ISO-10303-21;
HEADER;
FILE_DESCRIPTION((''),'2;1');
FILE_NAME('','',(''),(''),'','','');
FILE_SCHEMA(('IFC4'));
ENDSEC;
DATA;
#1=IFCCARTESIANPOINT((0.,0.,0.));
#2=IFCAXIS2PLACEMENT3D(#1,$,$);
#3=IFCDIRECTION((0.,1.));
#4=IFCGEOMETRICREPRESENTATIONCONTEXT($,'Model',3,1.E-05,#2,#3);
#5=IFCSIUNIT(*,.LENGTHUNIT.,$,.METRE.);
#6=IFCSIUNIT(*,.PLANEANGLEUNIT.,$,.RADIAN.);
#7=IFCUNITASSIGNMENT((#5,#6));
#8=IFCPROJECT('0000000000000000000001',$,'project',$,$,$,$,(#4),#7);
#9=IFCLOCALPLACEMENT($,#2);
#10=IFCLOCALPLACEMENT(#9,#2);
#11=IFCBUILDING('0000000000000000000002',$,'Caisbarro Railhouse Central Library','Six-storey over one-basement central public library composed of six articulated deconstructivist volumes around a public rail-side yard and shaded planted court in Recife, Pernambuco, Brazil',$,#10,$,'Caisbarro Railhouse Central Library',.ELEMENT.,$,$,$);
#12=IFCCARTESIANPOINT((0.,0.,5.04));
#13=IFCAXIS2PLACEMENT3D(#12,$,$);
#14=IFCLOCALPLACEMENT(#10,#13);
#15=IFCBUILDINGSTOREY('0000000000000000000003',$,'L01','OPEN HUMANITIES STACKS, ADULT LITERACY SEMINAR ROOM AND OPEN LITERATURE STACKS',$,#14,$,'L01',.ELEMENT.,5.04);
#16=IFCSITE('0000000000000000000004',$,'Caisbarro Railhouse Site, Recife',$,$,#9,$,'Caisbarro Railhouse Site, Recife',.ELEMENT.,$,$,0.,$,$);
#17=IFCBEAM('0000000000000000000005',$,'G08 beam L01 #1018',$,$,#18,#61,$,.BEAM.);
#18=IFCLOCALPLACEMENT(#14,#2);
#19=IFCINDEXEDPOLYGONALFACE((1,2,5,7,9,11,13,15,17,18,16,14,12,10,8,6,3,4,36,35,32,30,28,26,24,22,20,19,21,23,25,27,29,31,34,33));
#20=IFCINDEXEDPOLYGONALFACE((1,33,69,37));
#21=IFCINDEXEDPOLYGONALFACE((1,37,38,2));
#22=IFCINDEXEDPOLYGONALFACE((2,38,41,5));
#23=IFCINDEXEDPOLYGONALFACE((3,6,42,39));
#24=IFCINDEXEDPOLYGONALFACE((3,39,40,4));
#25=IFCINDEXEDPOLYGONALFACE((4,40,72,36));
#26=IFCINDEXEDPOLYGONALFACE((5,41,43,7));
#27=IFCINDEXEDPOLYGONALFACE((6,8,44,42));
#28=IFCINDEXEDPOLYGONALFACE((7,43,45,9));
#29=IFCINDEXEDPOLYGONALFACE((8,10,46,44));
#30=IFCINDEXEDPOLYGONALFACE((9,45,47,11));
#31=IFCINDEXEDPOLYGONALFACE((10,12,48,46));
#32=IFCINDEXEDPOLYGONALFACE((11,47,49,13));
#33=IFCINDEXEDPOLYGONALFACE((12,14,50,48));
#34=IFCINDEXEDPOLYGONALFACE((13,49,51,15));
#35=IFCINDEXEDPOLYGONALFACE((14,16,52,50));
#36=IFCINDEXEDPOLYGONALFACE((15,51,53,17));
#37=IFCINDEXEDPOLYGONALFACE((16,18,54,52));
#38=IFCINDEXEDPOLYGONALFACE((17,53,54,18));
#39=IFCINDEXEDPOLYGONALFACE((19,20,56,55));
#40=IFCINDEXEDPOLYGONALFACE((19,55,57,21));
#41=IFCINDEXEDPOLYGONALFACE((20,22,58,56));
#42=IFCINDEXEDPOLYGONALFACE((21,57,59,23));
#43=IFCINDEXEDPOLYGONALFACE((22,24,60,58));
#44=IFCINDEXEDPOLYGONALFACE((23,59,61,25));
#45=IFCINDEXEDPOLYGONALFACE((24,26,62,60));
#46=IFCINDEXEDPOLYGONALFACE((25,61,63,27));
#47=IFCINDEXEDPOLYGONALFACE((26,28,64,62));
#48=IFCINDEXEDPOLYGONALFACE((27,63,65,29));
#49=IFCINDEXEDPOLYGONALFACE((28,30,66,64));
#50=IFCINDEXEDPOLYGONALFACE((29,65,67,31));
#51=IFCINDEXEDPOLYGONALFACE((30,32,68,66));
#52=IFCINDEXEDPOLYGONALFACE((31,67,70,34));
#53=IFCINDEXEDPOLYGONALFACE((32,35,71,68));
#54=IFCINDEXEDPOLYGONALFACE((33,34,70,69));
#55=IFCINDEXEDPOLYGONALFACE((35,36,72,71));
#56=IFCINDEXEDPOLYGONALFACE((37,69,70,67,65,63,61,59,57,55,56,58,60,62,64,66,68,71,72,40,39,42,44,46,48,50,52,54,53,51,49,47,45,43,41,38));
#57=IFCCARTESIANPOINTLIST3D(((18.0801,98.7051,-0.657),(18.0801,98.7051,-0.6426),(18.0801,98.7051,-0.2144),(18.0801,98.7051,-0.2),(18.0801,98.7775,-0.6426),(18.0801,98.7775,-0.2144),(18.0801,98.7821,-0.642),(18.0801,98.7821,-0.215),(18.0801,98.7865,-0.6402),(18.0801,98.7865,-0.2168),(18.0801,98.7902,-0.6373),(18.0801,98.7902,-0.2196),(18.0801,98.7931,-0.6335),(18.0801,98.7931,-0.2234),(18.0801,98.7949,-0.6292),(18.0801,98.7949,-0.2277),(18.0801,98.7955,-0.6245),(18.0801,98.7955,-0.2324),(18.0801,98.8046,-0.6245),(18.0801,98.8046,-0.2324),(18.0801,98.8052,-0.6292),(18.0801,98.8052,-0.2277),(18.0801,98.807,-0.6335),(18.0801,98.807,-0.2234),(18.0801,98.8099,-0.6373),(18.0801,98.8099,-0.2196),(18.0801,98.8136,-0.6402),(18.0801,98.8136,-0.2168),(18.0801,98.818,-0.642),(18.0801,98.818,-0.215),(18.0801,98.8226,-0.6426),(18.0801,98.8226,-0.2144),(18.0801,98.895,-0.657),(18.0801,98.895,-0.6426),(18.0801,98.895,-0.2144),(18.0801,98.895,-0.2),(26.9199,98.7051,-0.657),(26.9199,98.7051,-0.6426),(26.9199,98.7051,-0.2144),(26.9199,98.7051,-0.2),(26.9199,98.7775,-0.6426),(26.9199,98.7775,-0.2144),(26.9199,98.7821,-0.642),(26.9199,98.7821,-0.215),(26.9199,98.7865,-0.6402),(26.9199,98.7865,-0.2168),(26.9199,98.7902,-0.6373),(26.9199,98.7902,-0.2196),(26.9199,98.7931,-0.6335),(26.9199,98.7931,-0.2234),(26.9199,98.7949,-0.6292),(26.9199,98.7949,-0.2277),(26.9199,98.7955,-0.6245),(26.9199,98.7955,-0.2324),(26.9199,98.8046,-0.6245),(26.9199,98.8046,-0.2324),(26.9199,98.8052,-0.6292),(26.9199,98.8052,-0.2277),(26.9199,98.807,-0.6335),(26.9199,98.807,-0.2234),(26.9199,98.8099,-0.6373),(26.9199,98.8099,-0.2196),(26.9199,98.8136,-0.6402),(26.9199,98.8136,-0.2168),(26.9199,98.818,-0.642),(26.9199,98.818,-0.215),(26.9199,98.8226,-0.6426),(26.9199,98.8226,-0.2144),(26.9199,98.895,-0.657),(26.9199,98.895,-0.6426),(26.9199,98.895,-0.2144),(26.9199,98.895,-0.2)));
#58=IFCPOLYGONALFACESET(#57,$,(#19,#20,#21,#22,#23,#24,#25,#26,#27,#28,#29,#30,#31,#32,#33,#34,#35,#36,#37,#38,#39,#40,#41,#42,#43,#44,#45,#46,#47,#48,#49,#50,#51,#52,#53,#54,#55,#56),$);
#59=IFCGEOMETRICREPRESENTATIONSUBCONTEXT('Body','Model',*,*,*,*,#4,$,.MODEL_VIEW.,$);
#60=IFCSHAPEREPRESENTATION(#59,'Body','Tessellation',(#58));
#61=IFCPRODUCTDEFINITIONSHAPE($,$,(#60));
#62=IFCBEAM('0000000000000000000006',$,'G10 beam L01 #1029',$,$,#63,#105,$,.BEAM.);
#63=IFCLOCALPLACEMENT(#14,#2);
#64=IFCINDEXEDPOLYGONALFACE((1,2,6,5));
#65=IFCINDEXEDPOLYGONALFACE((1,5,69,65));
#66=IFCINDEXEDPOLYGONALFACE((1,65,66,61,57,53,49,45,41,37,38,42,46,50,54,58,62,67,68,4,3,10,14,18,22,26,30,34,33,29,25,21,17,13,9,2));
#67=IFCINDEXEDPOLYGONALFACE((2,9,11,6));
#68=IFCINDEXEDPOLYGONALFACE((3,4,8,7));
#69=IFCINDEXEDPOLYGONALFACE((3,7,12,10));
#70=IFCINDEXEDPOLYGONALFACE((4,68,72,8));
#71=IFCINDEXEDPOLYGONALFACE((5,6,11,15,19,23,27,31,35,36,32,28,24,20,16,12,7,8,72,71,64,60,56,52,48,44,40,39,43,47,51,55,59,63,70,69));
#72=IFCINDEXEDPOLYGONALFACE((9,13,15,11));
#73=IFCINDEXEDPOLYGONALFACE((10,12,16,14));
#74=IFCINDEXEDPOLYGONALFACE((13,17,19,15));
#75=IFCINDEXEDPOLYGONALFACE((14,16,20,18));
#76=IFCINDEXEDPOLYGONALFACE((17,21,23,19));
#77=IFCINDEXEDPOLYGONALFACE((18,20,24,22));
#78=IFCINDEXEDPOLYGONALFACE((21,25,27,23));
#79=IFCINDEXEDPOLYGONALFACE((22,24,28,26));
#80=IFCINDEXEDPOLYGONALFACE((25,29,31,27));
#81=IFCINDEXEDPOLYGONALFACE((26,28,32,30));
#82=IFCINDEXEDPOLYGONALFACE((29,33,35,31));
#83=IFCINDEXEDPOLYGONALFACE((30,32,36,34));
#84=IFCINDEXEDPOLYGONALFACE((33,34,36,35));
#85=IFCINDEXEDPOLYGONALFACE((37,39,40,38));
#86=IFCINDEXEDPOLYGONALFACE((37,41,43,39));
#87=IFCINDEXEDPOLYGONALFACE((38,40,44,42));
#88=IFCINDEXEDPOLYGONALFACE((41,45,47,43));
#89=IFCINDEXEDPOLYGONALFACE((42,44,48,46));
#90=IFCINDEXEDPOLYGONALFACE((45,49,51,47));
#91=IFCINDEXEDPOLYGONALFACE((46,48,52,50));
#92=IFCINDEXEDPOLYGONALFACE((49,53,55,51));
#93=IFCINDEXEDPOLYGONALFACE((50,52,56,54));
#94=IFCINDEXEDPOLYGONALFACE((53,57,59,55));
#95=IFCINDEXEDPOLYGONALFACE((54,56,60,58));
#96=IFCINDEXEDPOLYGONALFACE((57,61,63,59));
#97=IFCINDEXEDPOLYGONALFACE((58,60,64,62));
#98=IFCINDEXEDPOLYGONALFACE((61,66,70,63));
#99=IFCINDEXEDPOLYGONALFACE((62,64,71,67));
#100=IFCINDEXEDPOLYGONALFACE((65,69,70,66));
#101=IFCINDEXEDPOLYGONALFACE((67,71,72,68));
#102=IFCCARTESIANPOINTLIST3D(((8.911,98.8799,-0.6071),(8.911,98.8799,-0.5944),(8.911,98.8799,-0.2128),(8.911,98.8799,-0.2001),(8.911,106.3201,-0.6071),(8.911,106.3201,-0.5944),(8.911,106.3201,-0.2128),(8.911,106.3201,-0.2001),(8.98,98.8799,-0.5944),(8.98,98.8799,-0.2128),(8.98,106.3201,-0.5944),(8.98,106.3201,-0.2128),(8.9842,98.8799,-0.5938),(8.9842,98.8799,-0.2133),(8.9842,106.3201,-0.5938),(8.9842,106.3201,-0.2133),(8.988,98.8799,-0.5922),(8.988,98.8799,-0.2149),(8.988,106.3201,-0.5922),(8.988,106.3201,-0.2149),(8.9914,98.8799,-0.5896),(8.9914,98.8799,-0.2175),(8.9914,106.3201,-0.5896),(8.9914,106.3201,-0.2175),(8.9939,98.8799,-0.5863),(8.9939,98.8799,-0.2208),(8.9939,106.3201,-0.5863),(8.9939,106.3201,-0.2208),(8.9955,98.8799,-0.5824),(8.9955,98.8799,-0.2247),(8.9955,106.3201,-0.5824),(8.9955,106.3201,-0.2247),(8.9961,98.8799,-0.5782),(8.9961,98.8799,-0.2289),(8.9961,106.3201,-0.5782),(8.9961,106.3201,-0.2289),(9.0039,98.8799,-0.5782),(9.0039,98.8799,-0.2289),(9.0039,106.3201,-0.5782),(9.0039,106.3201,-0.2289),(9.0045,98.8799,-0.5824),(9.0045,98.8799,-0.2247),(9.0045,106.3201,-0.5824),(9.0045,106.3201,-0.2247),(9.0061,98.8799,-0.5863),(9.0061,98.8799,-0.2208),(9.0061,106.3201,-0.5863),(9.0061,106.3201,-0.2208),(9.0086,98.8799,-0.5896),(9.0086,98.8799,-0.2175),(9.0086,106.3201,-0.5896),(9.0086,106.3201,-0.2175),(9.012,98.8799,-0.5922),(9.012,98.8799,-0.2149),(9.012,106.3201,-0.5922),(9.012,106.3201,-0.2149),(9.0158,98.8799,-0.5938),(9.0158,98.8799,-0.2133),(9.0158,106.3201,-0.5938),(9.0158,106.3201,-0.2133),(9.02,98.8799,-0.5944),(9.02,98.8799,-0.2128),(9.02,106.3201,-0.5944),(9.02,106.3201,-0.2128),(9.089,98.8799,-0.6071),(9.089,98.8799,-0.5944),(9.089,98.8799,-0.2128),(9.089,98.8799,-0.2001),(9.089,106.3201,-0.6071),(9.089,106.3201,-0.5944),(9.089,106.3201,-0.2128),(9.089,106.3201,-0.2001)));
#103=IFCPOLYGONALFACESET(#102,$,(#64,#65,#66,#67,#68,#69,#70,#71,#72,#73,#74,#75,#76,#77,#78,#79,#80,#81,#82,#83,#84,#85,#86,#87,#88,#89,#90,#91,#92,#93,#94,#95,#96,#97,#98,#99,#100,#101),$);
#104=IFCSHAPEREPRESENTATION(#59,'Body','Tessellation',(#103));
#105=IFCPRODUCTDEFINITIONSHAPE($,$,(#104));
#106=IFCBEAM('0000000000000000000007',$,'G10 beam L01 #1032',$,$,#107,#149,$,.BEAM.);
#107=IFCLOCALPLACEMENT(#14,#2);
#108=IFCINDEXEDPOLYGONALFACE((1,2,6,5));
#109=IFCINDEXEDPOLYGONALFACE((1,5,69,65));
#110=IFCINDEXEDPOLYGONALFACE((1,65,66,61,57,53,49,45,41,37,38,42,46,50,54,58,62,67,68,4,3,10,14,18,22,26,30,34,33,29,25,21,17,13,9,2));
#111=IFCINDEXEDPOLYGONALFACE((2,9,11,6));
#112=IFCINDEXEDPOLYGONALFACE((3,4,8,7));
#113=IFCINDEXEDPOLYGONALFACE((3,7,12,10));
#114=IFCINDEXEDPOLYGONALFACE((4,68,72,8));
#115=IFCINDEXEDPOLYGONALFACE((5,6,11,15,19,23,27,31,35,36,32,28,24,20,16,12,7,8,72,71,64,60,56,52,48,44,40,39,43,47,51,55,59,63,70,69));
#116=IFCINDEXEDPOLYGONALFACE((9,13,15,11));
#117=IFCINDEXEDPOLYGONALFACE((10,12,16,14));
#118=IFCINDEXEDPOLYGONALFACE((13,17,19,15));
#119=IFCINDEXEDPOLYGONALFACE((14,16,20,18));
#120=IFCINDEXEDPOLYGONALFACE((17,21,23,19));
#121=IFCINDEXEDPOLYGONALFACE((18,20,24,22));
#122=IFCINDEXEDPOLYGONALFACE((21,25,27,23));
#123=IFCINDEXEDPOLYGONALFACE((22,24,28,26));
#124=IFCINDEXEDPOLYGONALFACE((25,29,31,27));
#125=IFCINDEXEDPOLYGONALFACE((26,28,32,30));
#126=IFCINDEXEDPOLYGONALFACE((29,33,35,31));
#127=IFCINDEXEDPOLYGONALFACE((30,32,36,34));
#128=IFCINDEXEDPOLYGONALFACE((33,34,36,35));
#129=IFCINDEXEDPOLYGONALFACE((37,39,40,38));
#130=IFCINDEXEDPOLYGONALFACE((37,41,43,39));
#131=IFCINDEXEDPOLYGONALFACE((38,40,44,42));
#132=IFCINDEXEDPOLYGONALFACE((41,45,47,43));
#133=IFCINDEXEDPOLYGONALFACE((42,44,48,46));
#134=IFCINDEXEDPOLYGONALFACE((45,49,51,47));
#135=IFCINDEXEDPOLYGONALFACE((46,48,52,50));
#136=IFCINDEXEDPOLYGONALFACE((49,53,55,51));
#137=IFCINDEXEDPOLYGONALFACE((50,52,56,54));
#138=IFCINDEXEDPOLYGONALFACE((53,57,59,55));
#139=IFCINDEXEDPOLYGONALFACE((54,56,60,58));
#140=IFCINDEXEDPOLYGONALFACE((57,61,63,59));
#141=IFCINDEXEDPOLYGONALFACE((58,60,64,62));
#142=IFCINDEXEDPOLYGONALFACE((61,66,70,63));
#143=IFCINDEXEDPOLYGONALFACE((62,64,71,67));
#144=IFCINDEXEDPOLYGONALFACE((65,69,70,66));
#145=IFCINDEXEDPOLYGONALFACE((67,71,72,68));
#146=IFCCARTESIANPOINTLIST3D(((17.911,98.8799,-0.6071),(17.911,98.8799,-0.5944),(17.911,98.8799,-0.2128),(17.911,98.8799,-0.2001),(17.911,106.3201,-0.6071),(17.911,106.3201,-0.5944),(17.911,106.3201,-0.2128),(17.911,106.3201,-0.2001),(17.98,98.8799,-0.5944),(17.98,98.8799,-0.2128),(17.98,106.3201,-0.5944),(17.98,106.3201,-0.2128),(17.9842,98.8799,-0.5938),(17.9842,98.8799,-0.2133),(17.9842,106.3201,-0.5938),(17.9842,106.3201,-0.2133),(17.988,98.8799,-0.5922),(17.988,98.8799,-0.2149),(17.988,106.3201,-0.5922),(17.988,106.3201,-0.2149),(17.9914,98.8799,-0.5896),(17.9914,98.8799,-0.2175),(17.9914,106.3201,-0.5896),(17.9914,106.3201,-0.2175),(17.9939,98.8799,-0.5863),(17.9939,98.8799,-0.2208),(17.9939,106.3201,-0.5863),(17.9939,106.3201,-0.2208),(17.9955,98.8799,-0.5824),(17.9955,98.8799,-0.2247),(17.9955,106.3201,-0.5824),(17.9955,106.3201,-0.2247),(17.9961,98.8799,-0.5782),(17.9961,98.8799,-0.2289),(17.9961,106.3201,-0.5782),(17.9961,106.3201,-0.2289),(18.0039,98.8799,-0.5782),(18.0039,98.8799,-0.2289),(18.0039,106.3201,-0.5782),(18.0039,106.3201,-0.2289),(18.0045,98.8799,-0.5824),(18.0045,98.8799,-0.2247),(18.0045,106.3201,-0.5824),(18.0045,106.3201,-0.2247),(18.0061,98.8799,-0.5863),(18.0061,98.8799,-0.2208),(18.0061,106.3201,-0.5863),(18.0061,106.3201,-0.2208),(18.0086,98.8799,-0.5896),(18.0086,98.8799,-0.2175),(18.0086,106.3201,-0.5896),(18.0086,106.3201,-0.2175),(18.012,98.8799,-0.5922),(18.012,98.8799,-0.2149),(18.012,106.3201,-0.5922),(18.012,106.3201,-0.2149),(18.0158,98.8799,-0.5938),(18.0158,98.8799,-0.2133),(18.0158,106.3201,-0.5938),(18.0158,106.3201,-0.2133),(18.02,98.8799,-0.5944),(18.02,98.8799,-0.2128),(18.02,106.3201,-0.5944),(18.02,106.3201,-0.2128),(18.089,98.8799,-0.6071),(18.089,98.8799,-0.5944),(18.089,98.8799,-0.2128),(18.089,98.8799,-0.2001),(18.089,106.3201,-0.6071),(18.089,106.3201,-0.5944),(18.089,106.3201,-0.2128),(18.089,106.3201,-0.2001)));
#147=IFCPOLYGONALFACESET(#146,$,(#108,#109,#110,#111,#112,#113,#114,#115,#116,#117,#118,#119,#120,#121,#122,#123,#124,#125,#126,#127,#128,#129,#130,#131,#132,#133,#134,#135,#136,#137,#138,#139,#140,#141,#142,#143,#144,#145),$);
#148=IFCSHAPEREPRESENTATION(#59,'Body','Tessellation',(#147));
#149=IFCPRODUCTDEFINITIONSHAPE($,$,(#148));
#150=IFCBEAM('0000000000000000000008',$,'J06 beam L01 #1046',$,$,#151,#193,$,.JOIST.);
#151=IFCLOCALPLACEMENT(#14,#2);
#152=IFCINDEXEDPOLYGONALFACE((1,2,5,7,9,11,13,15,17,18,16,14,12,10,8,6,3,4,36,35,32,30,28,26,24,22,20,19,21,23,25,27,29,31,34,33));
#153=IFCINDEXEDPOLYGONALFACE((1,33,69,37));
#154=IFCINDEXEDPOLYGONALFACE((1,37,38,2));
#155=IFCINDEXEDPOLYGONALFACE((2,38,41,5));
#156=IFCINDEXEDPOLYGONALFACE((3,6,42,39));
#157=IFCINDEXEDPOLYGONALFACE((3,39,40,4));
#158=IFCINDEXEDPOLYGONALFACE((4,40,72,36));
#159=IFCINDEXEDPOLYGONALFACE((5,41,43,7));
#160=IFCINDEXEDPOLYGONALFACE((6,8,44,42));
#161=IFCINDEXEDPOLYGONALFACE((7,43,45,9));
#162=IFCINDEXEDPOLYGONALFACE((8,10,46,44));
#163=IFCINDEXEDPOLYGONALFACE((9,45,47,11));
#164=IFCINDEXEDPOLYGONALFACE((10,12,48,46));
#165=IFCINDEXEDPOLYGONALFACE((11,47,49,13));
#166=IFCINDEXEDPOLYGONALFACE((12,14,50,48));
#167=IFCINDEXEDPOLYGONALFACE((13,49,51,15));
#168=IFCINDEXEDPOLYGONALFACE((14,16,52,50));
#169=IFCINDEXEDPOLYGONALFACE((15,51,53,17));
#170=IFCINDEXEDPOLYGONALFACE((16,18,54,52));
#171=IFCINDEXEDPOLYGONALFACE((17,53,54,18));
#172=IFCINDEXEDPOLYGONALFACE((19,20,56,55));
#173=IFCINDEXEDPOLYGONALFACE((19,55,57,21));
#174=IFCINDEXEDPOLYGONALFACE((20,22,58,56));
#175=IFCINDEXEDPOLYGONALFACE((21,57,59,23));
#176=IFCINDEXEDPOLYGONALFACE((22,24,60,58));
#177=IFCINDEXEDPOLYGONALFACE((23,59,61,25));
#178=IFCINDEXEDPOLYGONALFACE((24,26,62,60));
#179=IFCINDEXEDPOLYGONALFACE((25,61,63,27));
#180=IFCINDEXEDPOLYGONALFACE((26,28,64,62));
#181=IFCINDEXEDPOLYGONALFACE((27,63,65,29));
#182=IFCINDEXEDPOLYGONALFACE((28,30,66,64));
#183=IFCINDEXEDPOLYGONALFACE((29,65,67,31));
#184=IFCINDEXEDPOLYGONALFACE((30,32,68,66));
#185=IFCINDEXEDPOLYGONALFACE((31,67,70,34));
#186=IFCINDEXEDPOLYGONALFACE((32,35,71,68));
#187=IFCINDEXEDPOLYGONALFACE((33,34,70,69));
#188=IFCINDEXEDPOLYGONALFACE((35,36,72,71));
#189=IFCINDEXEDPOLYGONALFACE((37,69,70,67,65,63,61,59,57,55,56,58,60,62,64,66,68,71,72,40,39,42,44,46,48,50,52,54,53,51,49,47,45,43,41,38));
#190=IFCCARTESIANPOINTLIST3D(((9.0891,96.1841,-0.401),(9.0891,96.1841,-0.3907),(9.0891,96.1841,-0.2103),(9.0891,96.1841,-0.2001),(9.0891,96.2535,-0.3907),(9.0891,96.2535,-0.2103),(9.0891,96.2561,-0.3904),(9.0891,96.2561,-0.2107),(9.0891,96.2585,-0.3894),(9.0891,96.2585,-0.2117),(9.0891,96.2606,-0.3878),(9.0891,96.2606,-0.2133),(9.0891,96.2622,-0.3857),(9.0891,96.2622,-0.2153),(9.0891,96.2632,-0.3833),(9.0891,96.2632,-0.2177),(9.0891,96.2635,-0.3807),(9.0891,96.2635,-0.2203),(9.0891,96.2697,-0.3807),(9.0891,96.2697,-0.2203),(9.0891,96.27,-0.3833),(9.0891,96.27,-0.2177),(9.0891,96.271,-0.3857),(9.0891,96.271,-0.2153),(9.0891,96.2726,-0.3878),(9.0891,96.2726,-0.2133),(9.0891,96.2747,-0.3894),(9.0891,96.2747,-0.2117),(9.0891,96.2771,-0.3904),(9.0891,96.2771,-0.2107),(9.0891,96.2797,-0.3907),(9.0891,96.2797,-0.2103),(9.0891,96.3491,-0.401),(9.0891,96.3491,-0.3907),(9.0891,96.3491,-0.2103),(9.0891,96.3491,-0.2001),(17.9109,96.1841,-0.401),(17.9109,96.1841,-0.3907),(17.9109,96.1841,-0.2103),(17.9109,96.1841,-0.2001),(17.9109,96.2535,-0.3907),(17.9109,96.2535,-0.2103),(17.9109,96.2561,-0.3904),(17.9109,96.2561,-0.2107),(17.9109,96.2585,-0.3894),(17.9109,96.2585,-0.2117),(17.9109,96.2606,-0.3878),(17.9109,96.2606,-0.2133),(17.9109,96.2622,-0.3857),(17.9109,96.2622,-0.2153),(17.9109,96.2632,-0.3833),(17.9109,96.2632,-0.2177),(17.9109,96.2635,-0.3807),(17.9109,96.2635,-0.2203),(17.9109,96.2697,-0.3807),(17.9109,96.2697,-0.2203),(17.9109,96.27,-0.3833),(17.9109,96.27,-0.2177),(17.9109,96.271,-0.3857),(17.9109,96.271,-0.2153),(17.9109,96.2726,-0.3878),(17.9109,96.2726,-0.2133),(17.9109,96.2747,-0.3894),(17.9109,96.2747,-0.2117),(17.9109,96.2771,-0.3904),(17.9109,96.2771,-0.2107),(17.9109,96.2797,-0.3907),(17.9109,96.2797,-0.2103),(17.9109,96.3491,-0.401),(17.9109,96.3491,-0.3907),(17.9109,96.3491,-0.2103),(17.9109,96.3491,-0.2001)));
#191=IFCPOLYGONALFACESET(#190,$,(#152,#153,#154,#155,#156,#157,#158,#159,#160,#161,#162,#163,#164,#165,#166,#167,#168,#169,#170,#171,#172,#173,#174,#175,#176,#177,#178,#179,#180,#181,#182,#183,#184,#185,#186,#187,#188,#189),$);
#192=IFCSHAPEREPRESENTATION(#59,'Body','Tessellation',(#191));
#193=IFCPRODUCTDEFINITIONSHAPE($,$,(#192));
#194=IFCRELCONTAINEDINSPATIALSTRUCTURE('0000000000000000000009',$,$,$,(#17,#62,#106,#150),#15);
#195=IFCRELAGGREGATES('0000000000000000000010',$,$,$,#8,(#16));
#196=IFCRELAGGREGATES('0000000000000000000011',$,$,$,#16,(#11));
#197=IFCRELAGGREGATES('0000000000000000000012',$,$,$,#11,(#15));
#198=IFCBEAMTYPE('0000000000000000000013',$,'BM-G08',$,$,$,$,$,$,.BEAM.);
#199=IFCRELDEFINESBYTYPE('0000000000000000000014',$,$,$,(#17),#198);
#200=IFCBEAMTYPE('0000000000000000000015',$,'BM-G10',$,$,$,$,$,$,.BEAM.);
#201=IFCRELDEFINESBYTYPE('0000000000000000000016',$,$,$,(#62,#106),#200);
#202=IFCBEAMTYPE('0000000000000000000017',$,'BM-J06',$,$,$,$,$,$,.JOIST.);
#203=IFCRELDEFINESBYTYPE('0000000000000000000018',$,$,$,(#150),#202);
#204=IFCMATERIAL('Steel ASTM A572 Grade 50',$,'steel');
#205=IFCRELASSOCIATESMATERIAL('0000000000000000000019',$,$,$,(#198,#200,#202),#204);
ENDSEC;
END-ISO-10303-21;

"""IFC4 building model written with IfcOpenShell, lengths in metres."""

from ifc_helpers import new_model, si_unit, direction, frame, origin, origin_2d, place, context, subcontext, project, spatial, i_section, extrude, material, material_profile, profile_set, type_object, element, save


model = new_model("IFC4")

# Units and contexts
model_context = context("Model", 3, precision=1e-05, world=origin(), true_north=direction((0.0, 1.0)))
body_context = subcontext(model_context, "Body", "Model", "MODEL_VIEW")
ifc_project = project(units=[si_unit("LENGTHUNIT", "METRE"), si_unit("PLANEANGLEUNIT", "RADIAN")], contexts=[model_context])

# Site, building, storey
site_placement = place(None, origin())
site = spatial("IfcSite", under=ifc_project, at=site_placement, Name="Caisbarro Railhouse Site, Recife", LongName="Caisbarro Railhouse Site, Recife", CompositionType="ELEMENT", RefElevation=0.0)
building_placement = place(site_placement, origin())
building = spatial("IfcBuilding", under=site, at=building_placement, Name="Caisbarro Railhouse Central Library", Description="Six-storey over one-basement central public library composed of six articulated deconstructivist volumes around a public rail-side yard and shaded planted court in Recife, Pernambuco, Brazil", LongName="Caisbarro Railhouse Central Library", CompositionType="ELEMENT")
storey_placement = place(building_placement, frame((0.0, 0.0, 5.04)))
storey = spatial("IfcBuildingStorey", under=building, at=storey_placement, Name="L01", Description="OPEN HUMANITIES STACKS, ADULT LITERACY SEMINAR ROOM AND OPEN LITERATURE STACKS", LongName="L01", CompositionType="ELEMENT", Elevation=5.04)

# Shared definitions
ifc_material_1 = material(Name="Steel ASTM A572 Grade 50", Category="steel")

# Beams
ifc_material_profile_1 = material_profile(ifc_material_1, i_section(OverallWidth=0.1899, OverallDepth=0.457, WebThickness=0.009, FlangeThickness=0.0144, FilletRadius=0.0181, at=origin_2d()), Name="W460X74.0")
ifc_profile_set_1 = profile_set([ifc_material_profile_1], Name="Steel ASTM A572 Grade 50")
beam_type_1 = type_object("IfcBeamType", Name="BM-G08", PredefinedType="BEAM", material=ifc_profile_set_1)
for number, where, z_axis, x_axis, name in (
    (1, (18.0801, 98.8, -0.4285), (1.0, 0.0, 0.0), (0.0, 1.0, 0.0), "G08 beam L01 #1018"),
):
    element("IfcBeam", number, at=place(storey_placement, frame(where, z_axis=z_axis, x_axis=x_axis)), inside=storey, type_object=beam_type_1, Name=name, PredefinedType="BEAM", context=body_context, shape_type="SweptSolid", body=[
        extrude(i_section(OverallWidth=0.1899, OverallDepth=0.457, WebThickness=0.009, FlangeThickness=0.0144, FilletRadius=0.0181, at=origin_2d()), origin(), (0.0, 0.0, 1.0), 8.8398),
    ])
ifc_material_profile_2 = material_profile(ifc_material_1, i_section(OverallWidth=0.178, OverallDepth=0.407, WebThickness=0.0078, FlangeThickness=0.0127, FilletRadius=0.0161, at=origin_2d()), Name="W410X60.0")
ifc_profile_set_2 = profile_set([ifc_material_profile_2], Name="Steel ASTM A572 Grade 50")
beam_type_2 = type_object("IfcBeamType", Name="BM-G10", PredefinedType="BEAM", material=ifc_profile_set_2)
for number, where, z_axis, x_axis, name in (
    (2, (9.0, 98.8799, -0.4036), (0.0, 1.0, 0.0), (-1.0, 0.0, 0.0), "G10 beam L01 #1029"),
    (3, (18.0, 98.8799, -0.4036), (0.0, 1.0, 0.0), (-1.0, 0.0, 0.0), "G10 beam L01 #1032"),
):
    element("IfcBeam", number, at=place(storey_placement, frame(where, z_axis=z_axis, x_axis=x_axis)), inside=storey, type_object=beam_type_2, Name=name, PredefinedType="BEAM", context=body_context, shape_type="SweptSolid", body=[
        extrude(i_section(OverallWidth=0.178, OverallDepth=0.407, WebThickness=0.0078, FlangeThickness=0.0127, FilletRadius=0.0161, at=origin_2d()), origin(), (0.0, 0.0, 1.0), 7.4402),
    ])
ifc_material_profile_3 = material_profile(ifc_material_1, i_section(OverallWidth=0.165, OverallDepth=0.2009, WebThickness=0.0061, FlangeThickness=0.0103, FilletRadius=0.01, at=origin_2d()), Name="W200X35.9")
ifc_profile_set_3 = profile_set([ifc_material_profile_3], Name="Steel ASTM A572 Grade 50")
beam_type_3 = type_object("IfcBeamType", Name="BM-J06", PredefinedType="JOIST", material=ifc_profile_set_3)
for number, where, z_axis, x_axis, name in (
    (4, (9.0891, 96.2666, -0.3005), (1.0, 0.0, 0.0), (0.0, 1.0, 0.0), "J06 beam L01 #1046"),
):
    element("IfcBeam", number, at=place(storey_placement, frame(where, z_axis=z_axis, x_axis=x_axis)), inside=storey, type_object=beam_type_3, Name=name, PredefinedType="JOIST", context=body_context, shape_type="SweptSolid", body=[
        extrude(i_section(OverallWidth=0.165, OverallDepth=0.2009, WebThickness=0.0061, FlangeThickness=0.0103, FilletRadius=0.01, at=origin_2d()), origin(), (0.0, 0.0, 1.0), 8.8218),
    ])

save(model, "model.ifc")
